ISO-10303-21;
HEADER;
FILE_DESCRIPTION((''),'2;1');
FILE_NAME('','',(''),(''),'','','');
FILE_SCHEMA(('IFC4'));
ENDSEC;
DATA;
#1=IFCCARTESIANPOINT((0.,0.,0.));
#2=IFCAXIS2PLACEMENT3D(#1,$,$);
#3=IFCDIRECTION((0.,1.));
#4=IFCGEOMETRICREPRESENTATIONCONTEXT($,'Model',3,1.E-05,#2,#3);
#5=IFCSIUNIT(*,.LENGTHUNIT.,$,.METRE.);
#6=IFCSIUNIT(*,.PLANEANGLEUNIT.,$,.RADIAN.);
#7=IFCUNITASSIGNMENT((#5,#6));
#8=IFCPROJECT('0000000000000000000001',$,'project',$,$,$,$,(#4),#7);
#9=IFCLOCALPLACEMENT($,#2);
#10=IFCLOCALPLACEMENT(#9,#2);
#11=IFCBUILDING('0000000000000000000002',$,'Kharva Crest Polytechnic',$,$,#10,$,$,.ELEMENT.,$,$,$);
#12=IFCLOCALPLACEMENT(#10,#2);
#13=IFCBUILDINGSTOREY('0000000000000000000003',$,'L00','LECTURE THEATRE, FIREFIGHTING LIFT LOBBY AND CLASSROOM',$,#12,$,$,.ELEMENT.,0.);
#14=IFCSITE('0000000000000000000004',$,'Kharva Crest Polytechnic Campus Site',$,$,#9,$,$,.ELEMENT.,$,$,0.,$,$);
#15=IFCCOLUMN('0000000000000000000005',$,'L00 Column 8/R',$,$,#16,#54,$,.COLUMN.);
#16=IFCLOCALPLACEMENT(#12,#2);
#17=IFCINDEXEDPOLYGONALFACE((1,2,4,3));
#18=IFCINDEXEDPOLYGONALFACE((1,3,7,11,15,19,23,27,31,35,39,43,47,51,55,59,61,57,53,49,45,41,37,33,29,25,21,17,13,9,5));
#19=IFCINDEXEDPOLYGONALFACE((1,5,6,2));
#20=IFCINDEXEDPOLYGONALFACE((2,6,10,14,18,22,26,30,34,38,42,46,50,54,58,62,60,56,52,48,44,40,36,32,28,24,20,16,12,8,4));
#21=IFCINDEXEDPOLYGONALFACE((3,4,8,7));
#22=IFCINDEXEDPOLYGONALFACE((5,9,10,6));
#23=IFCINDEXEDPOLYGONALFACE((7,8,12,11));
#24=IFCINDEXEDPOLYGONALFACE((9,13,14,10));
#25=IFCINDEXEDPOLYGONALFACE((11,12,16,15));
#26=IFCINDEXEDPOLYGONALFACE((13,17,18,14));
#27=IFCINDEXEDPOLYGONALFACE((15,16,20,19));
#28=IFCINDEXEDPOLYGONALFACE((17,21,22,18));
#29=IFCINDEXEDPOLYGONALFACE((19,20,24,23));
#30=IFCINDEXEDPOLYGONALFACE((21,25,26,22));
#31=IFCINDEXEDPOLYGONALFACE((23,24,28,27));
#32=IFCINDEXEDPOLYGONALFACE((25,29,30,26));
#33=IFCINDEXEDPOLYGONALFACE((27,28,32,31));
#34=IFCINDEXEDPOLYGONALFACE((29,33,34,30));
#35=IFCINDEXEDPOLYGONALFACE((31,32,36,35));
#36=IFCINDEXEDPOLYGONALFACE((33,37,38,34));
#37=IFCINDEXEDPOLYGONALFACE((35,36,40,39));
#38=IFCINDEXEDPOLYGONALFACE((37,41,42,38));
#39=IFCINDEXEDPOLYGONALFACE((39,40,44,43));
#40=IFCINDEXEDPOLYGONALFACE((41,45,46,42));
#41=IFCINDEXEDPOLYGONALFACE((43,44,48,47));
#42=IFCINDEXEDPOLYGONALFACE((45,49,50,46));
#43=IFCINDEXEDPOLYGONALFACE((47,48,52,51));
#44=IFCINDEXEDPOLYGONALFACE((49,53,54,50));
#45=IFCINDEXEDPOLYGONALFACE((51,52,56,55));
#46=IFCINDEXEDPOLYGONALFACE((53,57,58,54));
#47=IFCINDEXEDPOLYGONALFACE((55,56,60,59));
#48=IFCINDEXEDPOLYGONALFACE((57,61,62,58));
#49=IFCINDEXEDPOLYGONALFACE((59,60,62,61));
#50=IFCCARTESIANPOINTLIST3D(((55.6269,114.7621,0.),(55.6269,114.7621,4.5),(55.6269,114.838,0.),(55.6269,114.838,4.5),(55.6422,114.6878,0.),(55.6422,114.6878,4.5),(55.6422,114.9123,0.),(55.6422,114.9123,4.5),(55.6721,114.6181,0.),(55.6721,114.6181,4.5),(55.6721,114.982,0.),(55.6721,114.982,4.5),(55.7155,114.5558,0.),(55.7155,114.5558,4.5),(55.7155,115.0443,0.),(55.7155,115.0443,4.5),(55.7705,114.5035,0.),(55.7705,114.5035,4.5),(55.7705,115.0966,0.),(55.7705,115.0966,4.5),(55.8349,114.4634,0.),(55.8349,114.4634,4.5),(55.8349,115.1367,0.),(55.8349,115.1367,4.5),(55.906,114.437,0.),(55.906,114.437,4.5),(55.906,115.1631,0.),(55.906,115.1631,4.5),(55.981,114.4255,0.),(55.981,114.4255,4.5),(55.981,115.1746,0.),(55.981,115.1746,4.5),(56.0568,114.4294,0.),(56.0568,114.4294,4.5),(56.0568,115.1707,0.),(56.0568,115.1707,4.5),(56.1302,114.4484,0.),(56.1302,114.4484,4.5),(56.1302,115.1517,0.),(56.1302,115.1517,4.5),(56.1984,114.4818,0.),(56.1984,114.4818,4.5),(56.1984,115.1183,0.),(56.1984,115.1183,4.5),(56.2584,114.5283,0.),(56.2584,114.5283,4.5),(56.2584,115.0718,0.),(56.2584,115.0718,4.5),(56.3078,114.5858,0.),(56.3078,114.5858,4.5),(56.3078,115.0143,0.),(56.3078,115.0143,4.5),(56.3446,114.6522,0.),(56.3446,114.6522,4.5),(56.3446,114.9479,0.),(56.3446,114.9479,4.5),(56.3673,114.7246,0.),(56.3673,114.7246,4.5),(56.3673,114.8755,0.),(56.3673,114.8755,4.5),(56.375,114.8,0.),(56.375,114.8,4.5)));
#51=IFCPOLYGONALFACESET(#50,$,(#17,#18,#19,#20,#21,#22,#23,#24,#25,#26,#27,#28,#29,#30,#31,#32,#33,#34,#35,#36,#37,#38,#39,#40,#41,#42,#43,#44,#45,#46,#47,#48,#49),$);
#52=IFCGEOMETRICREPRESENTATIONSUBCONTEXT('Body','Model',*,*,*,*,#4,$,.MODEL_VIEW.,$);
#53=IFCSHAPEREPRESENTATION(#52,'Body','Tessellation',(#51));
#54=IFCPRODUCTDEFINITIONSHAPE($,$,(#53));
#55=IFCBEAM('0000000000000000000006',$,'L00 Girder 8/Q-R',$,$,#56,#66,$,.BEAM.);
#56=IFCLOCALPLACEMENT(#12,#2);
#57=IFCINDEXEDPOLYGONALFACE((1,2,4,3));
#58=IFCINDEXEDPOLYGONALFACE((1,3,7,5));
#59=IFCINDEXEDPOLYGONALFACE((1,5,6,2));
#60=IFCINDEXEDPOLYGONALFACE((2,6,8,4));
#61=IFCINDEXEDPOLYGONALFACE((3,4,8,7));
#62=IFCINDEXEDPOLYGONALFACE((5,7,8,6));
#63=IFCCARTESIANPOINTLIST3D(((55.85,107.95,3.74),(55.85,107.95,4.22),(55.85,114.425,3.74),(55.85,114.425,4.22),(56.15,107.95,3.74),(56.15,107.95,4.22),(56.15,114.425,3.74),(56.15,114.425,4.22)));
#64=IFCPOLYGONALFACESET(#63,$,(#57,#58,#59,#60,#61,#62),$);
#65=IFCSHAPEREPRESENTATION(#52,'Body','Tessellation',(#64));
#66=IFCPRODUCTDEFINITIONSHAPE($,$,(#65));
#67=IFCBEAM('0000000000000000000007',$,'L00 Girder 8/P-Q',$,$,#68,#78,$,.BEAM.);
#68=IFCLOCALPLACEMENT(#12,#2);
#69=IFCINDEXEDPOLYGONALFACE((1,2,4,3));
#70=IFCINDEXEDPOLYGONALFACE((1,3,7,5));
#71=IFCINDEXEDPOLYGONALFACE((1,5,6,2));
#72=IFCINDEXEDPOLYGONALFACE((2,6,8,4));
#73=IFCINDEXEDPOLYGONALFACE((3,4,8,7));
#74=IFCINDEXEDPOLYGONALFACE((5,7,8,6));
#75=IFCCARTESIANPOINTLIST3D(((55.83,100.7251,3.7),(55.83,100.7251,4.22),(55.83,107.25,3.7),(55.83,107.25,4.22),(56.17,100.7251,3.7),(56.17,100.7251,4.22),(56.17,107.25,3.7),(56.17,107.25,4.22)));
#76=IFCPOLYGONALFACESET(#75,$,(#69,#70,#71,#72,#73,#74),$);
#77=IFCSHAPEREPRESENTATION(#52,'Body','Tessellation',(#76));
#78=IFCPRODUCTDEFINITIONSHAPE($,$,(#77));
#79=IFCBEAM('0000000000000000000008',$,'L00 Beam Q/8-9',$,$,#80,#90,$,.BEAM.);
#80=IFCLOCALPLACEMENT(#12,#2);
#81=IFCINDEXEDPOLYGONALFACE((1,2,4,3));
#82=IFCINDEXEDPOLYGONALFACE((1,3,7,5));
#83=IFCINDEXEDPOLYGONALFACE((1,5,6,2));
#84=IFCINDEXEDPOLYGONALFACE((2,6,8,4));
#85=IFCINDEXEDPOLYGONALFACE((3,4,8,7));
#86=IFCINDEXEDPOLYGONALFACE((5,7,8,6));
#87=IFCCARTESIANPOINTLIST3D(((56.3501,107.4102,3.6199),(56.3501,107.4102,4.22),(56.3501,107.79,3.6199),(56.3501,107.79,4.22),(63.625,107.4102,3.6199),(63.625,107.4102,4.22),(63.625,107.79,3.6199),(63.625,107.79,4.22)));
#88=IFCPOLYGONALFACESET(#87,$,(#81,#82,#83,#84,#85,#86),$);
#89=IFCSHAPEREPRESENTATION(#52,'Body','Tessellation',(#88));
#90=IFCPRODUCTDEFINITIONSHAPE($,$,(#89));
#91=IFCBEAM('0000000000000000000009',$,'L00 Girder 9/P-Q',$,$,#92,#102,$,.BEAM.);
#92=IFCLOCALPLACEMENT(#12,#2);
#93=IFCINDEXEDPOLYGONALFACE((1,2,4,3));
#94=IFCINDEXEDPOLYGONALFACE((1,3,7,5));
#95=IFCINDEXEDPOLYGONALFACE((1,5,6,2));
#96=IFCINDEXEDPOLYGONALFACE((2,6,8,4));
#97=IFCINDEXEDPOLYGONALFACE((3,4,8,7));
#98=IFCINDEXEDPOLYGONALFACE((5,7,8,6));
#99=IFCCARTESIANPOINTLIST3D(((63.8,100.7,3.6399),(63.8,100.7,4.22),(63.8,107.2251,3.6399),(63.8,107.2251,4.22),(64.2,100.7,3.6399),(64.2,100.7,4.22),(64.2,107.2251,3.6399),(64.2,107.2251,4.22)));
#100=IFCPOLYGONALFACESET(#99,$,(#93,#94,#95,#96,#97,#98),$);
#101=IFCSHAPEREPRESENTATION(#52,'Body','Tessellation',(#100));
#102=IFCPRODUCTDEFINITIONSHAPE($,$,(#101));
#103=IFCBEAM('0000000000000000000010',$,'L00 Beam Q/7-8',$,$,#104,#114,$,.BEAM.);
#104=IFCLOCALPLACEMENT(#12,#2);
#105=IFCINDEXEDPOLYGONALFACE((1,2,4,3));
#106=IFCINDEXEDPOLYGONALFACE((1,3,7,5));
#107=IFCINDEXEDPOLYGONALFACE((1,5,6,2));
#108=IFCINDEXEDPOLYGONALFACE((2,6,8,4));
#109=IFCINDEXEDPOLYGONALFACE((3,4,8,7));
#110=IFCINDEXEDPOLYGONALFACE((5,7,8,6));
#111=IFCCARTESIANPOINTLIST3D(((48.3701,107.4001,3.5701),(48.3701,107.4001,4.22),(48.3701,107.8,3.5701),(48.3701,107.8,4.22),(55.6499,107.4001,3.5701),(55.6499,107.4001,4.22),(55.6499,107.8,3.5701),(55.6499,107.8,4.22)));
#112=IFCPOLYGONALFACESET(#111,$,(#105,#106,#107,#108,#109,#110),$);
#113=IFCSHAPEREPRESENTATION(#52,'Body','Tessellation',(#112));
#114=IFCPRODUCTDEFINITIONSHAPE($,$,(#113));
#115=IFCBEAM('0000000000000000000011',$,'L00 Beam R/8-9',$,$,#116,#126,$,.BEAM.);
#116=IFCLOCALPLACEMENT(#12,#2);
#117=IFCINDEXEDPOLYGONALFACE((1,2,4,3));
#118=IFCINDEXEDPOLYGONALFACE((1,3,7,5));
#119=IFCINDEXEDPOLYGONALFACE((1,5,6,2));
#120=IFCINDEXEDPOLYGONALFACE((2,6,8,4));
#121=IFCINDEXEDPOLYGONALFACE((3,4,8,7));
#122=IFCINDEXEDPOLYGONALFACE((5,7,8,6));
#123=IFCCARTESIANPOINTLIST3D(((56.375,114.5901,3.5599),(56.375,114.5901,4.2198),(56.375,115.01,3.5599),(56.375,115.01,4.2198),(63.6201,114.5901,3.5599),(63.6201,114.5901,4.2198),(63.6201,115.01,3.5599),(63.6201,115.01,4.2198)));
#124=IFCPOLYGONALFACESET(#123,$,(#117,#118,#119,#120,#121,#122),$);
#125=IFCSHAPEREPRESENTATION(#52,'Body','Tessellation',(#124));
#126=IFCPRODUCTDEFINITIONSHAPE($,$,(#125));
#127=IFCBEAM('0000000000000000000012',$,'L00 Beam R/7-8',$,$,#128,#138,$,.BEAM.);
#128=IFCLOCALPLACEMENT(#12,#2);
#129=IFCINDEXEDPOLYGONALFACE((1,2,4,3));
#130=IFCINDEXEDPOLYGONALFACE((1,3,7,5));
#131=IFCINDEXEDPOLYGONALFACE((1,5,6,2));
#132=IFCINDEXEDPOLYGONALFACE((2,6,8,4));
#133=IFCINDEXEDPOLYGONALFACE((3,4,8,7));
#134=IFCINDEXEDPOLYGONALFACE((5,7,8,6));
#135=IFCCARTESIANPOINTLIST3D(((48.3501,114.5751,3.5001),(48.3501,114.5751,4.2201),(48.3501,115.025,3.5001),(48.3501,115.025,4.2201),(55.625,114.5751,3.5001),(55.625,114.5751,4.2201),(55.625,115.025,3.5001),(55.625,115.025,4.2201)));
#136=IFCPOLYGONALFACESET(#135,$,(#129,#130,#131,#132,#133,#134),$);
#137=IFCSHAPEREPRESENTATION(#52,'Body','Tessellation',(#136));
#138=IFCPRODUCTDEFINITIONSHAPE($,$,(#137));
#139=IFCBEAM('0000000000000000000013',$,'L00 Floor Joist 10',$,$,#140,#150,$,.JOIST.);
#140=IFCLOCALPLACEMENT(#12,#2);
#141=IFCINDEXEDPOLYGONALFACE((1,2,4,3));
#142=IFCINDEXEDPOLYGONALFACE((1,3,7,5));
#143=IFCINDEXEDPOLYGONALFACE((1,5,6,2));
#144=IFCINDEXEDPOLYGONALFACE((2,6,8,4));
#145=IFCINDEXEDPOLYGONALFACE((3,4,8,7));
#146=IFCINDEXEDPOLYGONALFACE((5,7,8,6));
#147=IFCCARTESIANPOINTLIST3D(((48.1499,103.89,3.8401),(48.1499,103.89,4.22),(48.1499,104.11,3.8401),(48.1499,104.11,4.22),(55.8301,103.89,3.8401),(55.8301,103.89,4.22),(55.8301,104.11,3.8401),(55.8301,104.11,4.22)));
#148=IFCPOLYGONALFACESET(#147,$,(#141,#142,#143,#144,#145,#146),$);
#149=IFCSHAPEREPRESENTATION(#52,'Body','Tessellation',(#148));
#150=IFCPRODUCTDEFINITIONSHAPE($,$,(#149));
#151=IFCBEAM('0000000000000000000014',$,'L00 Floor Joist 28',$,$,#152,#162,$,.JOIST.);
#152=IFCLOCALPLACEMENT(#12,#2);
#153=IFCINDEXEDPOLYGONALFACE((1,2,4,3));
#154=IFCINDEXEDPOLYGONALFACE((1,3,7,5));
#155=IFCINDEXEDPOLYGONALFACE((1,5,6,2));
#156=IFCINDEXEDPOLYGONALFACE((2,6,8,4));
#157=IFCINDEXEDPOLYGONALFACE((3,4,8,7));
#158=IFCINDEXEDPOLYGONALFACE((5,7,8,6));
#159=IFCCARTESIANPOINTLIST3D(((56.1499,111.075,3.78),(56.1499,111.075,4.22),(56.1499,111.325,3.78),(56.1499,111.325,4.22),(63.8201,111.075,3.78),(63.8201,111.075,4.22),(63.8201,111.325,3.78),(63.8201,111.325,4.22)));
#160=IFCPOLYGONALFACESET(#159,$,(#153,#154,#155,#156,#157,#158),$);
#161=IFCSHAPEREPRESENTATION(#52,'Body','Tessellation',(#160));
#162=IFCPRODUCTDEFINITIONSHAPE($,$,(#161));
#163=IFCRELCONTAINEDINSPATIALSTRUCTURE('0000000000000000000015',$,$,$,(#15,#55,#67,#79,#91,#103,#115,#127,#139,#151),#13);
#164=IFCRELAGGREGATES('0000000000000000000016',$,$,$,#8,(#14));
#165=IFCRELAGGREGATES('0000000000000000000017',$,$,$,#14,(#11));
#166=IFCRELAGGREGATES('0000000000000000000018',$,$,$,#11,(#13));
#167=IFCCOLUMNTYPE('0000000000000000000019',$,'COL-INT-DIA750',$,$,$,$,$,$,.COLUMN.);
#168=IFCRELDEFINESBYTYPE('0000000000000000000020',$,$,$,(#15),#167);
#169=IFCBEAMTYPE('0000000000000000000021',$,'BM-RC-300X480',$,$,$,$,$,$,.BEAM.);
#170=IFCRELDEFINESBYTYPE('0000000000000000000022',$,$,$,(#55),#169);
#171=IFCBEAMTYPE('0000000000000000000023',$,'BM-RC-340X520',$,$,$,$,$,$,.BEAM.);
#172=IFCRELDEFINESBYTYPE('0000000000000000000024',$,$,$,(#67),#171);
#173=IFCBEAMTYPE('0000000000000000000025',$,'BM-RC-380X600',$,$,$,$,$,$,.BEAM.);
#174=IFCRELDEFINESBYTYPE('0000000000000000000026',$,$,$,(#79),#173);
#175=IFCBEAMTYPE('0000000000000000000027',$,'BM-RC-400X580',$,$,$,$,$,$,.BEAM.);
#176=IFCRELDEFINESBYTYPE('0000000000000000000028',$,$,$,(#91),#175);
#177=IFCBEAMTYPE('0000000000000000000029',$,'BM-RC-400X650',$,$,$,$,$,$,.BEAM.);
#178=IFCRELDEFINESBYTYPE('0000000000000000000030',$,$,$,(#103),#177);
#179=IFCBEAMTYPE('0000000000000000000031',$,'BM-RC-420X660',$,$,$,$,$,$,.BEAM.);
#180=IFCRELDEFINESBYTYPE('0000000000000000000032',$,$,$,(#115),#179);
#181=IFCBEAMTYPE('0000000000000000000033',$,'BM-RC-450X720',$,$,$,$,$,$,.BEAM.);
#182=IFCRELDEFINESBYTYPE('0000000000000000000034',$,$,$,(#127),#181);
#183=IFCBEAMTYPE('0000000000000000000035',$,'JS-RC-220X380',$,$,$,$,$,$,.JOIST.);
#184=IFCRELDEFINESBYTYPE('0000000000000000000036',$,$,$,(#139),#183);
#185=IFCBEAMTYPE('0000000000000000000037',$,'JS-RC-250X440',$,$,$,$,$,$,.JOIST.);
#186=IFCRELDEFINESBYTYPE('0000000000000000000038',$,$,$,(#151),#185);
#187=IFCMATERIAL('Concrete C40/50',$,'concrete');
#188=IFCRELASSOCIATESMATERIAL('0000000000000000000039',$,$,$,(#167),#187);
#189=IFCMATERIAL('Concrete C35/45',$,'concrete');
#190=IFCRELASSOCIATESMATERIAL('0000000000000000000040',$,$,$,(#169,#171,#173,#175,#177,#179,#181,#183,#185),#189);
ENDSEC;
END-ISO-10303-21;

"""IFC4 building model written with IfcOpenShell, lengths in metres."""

from ifc_helpers import new_model, si_unit, direction, frame, origin, origin_2d, place, context, subcontext, project, spatial, rectangle, circle, extrude, material, material_profile, profile_set, type_object, element, save


model = new_model("IFC4")

# Units and contexts
model_context = context("Model", 3, precision=1e-05, world=origin(), true_north=direction((0.0, 1.0)))
body_context = subcontext(model_context, "Body", "Model", "MODEL_VIEW")
ifc_project = project(units=[si_unit("LENGTHUNIT", "METRE"), si_unit("PLANEANGLEUNIT", "RADIAN")], contexts=[model_context])

# Site, building, storey
site_placement = place(None, origin())
site = spatial("IfcSite", under=ifc_project, at=site_placement, Name="Kharva Crest Polytechnic Campus Site", CompositionType="ELEMENT", RefElevation=0.0)
building_placement = place(site_placement, origin())
building = spatial("IfcBuilding", under=site, at=building_placement, Name="Kharva Crest Polytechnic", CompositionType="ELEMENT")
storey_placement = place(building_placement, origin())
storey = spatial("IfcBuildingStorey", under=building, at=storey_placement, Name="L00", Description="LECTURE THEATRE, FIREFIGHTING LIFT LOBBY AND CLASSROOM", CompositionType="ELEMENT", Elevation=0.0)

# Shared definitions
ifc_material_1 = material(Name="Concrete C35/45", Category="concrete")

# Column
ifc_material_2 = material(Name="Concrete C40/50", Category="concrete")
ifc_material_profile_1 = material_profile(ifc_material_2, circle(Radius=0.375, at=origin_2d()), Name="DIA 750")
ifc_profile_set_1 = profile_set([ifc_material_profile_1], Name="Concrete C40/50")
column_type_1 = type_object("IfcColumnType", Name="COL-INT-DIA750", PredefinedType="COLUMN", material=ifc_profile_set_1)
column_1_placement = place(storey_placement, frame((56.0, 114.8, 0.0), z_axis=(0.0, 0.0, 1.0), x_axis=(1.0, 0.0, 0.0)))
element("IfcColumn", 1, at=column_1_placement, inside=storey, type_object=column_type_1, Name="L00 Column 8/R", PredefinedType="COLUMN", context=body_context, shape_type="SweptSolid", body=[
    extrude(circle(Radius=0.375, at=origin_2d()), origin(), (0.0, 0.0, 1.0), 4.5),
])

# Beams
ifc_material_profile_2 = material_profile(ifc_material_1, rectangle(XDim=0.3, YDim=0.48, at=origin_2d()), Name="RECT 300 X 480")
ifc_profile_set_2 = profile_set([ifc_material_profile_2], Name="Concrete C35/45")
beam_type_1 = type_object("IfcBeamType", Name="BM-RC-300X480", PredefinedType="BEAM", material=ifc_profile_set_2)
beam_1_placement = place(storey_placement, frame((56.0, 107.95, 3.98), z_axis=(0.0, 1.0, 0.0), x_axis=(-1.0, 0.0, 0.0)))
element("IfcBeam", 2, at=beam_1_placement, inside=storey, type_object=beam_type_1, Name="L00 Girder 8/Q-R", PredefinedType="BEAM", context=body_context, shape_type="SweptSolid", body=[
    extrude(rectangle(XDim=0.3, YDim=0.48, at=origin_2d()), origin(), (0.0, 0.0, 1.0), 6.4751),
])
ifc_material_profile_3 = material_profile(ifc_material_1, rectangle(XDim=0.3401, YDim=0.52, at=origin_2d()), Name="RECT 340 X 520")
ifc_profile_set_3 = profile_set([ifc_material_profile_3], Name="Concrete C35/45")
beam_type_2 = type_object("IfcBeamType", Name="BM-RC-340X520", PredefinedType="BEAM", material=ifc_profile_set_3)
beam_2_placement = place(storey_placement, frame((56.0, 100.7251, 3.96), z_axis=(0.0, 1.0, 0.0), x_axis=(-1.0, 0.0, 0.0)))
element("IfcBeam", 3, at=beam_2_placement, inside=storey, type_object=beam_type_2, Name="L00 Girder 8/P-Q", PredefinedType="BEAM", context=body_context, shape_type="SweptSolid", body=[
    extrude(rectangle(XDim=0.3401, YDim=0.52, at=origin_2d()), origin(), (0.0, 0.0, 1.0), 6.5249),
])
ifc_material_profile_4 = material_profile(ifc_material_1, rectangle(XDim=0.3799, YDim=0.6001, at=origin_2d()), Name="RECT 380 X 600")
ifc_profile_set_4 = profile_set([ifc_material_profile_4], Name="Concrete C35/45")
beam_type_3 = type_object("IfcBeamType", Name="BM-RC-380X600", PredefinedType="BEAM", material=ifc_profile_set_4)
beam_3_placement = place(storey_placement, frame((56.3501, 107.6001, 3.9199), z_axis=(1.0, 0.0, 0.0), x_axis=(0.0, 1.0, 0.0)))
element("IfcBeam", 4, at=beam_3_placement, inside=storey, type_object=beam_type_3, Name="L00 Beam Q/8-9", PredefinedType="BEAM", context=body_context, shape_type="SweptSolid", body=[
    extrude(rectangle(XDim=0.3799, YDim=0.6001, at=origin_2d()), origin(), (0.0, 0.0, 1.0), 7.2749),
])
ifc_material_profile_5 = material_profile(ifc_material_1, rectangle(XDim=0.3999, YDim=0.5801, at=origin_2d()), Name="RECT 400 X 580")
ifc_profile_set_5 = profile_set([ifc_material_profile_5], Name="Concrete C35/45")
beam_type_4 = type_object("IfcBeamType", Name="BM-RC-400X580", PredefinedType="BEAM", material=ifc_profile_set_5)
beam_4_placement = place(storey_placement, frame((64.0, 100.7, 3.9299), z_axis=(0.0, 1.0, 0.0), x_axis=(-1.0, 0.0, 0.0)))
element("IfcBeam", 5, at=beam_4_placement, inside=storey, type_object=beam_type_4, Name="L00 Girder 9/P-Q", PredefinedType="BEAM", context=body_context, shape_type="SweptSolid", body=[
    extrude(rectangle(XDim=0.3999, YDim=0.5801, at=origin_2d()), origin(), (0.0, 0.0, 1.0), 6.5251),
])
ifc_material_profile_6 = material_profile(ifc_material_1, rectangle(XDim=0.3999, YDim=0.6499, at=origin_2d()), Name="RECT 400 X 650")
ifc_profile_set_6 = profile_set([ifc_material_profile_6], Name="Concrete C35/45")
beam_type_5 = type_object("IfcBeamType", Name="BM-RC-400X650", PredefinedType="BEAM", material=ifc_profile_set_6)
beam_5_placement = place(storey_placement, frame((48.3701, 107.6001, 3.895), z_axis=(1.0, 0.0, 0.0), x_axis=(0.0, 1.0, 0.0)))
element("IfcBeam", 6, at=beam_5_placement, inside=storey, type_object=beam_type_5, Name="L00 Beam Q/7-8", PredefinedType="BEAM", context=body_context, shape_type="SweptSolid", body=[
    extrude(rectangle(XDim=0.3999, YDim=0.6499, at=origin_2d()), origin(), (0.0, 0.0, 1.0), 7.2798),
])
ifc_material_profile_7 = material_profile(ifc_material_1, rectangle(XDim=0.4199, YDim=0.6599, at=origin_2d()), Name="RECT 420 X 660")
ifc_profile_set_7 = profile_set([ifc_material_profile_7], Name="Concrete C35/45")
beam_type_6 = type_object("IfcBeamType", Name="BM-RC-420X660", PredefinedType="BEAM", material=ifc_profile_set_7)
beam_6_placement = place(storey_placement, frame((56.375, 114.8, 3.8899), z_axis=(1.0, 0.0, 0.0), x_axis=(0.0, 1.0, 0.0)))
element("IfcBeam", 7, at=beam_6_placement, inside=storey, type_object=beam_type_6, Name="L00 Beam R/8-9", PredefinedType="BEAM", context=body_context, shape_type="SweptSolid", body=[
    extrude(rectangle(XDim=0.4199, YDim=0.6599, at=origin_2d()), origin(), (0.0, 0.0, 1.0), 7.2451),
])
ifc_material_profile_8 = material_profile(ifc_material_1, rectangle(XDim=0.45, YDim=0.72, at=origin_2d()), Name="RECT 450 X 720")
ifc_profile_set_8 = profile_set([ifc_material_profile_8], Name="Concrete C35/45")
beam_type_7 = type_object("IfcBeamType", Name="BM-RC-450X720", PredefinedType="BEAM", material=ifc_profile_set_8)
beam_7_placement = place(storey_placement, frame((48.3501, 114.8, 3.8601), z_axis=(1.0, 0.0, 0.0), x_axis=(0.0, 1.0, 0.0)))
element("IfcBeam", 8, at=beam_7_placement, inside=storey, type_object=beam_type_7, Name="L00 Beam R/7-8", PredefinedType="BEAM", context=body_context, shape_type="SweptSolid", body=[
    extrude(rectangle(XDim=0.45, YDim=0.72, at=origin_2d()), origin(), (0.0, 0.0, 1.0), 7.2749),
])
ifc_material_profile_9 = material_profile(ifc_material_1, rectangle(XDim=0.22, YDim=0.3799, at=origin_2d()), Name="RECT 220 X 380")
ifc_profile_set_9 = profile_set([ifc_material_profile_9], Name="Concrete C35/45")
beam_type_8 = type_object("IfcBeamType", Name="JS-RC-220X380", PredefinedType="JOIST", material=ifc_profile_set_9)
beam_8_placement = place(storey_placement, frame((48.1499, 104.0, 4.03), z_axis=(1.0, 0.0, 0.0), x_axis=(0.0, 1.0, 0.0)))
element("IfcBeam", 9, at=beam_8_placement, inside=storey, type_object=beam_type_8, Name="L00 Floor Joist 10", PredefinedType="JOIST", context=body_context, shape_type="SweptSolid", body=[
    extrude(rectangle(XDim=0.22, YDim=0.3799, at=origin_2d()), origin(), (0.0, 0.0, 1.0), 7.6802),
])
ifc_material_profile_10 = material_profile(ifc_material_1, rectangle(XDim=0.25, YDim=0.4399, at=origin_2d()), Name="RECT 250 X 440")
ifc_profile_set_10 = profile_set([ifc_material_profile_10], Name="Concrete C35/45")
beam_type_9 = type_object("IfcBeamType", Name="JS-RC-250X440", PredefinedType="JOIST", material=ifc_profile_set_10)
beam_9_placement = place(storey_placement, frame((56.1499, 111.2, 4.0), z_axis=(1.0, 0.0, 0.0), x_axis=(0.0, 1.0, 0.0)))
element("IfcBeam", 10, at=beam_9_placement, inside=storey, type_object=beam_type_9, Name="L00 Floor Joist 28", PredefinedType="JOIST", context=body_context, shape_type="SweptSolid", body=[
    extrude(rectangle(XDim=0.25, YDim=0.4399, at=origin_2d()), origin(), (0.0, 0.0, 1.0), 7.6702),
])

save(model, "model.ifc")
